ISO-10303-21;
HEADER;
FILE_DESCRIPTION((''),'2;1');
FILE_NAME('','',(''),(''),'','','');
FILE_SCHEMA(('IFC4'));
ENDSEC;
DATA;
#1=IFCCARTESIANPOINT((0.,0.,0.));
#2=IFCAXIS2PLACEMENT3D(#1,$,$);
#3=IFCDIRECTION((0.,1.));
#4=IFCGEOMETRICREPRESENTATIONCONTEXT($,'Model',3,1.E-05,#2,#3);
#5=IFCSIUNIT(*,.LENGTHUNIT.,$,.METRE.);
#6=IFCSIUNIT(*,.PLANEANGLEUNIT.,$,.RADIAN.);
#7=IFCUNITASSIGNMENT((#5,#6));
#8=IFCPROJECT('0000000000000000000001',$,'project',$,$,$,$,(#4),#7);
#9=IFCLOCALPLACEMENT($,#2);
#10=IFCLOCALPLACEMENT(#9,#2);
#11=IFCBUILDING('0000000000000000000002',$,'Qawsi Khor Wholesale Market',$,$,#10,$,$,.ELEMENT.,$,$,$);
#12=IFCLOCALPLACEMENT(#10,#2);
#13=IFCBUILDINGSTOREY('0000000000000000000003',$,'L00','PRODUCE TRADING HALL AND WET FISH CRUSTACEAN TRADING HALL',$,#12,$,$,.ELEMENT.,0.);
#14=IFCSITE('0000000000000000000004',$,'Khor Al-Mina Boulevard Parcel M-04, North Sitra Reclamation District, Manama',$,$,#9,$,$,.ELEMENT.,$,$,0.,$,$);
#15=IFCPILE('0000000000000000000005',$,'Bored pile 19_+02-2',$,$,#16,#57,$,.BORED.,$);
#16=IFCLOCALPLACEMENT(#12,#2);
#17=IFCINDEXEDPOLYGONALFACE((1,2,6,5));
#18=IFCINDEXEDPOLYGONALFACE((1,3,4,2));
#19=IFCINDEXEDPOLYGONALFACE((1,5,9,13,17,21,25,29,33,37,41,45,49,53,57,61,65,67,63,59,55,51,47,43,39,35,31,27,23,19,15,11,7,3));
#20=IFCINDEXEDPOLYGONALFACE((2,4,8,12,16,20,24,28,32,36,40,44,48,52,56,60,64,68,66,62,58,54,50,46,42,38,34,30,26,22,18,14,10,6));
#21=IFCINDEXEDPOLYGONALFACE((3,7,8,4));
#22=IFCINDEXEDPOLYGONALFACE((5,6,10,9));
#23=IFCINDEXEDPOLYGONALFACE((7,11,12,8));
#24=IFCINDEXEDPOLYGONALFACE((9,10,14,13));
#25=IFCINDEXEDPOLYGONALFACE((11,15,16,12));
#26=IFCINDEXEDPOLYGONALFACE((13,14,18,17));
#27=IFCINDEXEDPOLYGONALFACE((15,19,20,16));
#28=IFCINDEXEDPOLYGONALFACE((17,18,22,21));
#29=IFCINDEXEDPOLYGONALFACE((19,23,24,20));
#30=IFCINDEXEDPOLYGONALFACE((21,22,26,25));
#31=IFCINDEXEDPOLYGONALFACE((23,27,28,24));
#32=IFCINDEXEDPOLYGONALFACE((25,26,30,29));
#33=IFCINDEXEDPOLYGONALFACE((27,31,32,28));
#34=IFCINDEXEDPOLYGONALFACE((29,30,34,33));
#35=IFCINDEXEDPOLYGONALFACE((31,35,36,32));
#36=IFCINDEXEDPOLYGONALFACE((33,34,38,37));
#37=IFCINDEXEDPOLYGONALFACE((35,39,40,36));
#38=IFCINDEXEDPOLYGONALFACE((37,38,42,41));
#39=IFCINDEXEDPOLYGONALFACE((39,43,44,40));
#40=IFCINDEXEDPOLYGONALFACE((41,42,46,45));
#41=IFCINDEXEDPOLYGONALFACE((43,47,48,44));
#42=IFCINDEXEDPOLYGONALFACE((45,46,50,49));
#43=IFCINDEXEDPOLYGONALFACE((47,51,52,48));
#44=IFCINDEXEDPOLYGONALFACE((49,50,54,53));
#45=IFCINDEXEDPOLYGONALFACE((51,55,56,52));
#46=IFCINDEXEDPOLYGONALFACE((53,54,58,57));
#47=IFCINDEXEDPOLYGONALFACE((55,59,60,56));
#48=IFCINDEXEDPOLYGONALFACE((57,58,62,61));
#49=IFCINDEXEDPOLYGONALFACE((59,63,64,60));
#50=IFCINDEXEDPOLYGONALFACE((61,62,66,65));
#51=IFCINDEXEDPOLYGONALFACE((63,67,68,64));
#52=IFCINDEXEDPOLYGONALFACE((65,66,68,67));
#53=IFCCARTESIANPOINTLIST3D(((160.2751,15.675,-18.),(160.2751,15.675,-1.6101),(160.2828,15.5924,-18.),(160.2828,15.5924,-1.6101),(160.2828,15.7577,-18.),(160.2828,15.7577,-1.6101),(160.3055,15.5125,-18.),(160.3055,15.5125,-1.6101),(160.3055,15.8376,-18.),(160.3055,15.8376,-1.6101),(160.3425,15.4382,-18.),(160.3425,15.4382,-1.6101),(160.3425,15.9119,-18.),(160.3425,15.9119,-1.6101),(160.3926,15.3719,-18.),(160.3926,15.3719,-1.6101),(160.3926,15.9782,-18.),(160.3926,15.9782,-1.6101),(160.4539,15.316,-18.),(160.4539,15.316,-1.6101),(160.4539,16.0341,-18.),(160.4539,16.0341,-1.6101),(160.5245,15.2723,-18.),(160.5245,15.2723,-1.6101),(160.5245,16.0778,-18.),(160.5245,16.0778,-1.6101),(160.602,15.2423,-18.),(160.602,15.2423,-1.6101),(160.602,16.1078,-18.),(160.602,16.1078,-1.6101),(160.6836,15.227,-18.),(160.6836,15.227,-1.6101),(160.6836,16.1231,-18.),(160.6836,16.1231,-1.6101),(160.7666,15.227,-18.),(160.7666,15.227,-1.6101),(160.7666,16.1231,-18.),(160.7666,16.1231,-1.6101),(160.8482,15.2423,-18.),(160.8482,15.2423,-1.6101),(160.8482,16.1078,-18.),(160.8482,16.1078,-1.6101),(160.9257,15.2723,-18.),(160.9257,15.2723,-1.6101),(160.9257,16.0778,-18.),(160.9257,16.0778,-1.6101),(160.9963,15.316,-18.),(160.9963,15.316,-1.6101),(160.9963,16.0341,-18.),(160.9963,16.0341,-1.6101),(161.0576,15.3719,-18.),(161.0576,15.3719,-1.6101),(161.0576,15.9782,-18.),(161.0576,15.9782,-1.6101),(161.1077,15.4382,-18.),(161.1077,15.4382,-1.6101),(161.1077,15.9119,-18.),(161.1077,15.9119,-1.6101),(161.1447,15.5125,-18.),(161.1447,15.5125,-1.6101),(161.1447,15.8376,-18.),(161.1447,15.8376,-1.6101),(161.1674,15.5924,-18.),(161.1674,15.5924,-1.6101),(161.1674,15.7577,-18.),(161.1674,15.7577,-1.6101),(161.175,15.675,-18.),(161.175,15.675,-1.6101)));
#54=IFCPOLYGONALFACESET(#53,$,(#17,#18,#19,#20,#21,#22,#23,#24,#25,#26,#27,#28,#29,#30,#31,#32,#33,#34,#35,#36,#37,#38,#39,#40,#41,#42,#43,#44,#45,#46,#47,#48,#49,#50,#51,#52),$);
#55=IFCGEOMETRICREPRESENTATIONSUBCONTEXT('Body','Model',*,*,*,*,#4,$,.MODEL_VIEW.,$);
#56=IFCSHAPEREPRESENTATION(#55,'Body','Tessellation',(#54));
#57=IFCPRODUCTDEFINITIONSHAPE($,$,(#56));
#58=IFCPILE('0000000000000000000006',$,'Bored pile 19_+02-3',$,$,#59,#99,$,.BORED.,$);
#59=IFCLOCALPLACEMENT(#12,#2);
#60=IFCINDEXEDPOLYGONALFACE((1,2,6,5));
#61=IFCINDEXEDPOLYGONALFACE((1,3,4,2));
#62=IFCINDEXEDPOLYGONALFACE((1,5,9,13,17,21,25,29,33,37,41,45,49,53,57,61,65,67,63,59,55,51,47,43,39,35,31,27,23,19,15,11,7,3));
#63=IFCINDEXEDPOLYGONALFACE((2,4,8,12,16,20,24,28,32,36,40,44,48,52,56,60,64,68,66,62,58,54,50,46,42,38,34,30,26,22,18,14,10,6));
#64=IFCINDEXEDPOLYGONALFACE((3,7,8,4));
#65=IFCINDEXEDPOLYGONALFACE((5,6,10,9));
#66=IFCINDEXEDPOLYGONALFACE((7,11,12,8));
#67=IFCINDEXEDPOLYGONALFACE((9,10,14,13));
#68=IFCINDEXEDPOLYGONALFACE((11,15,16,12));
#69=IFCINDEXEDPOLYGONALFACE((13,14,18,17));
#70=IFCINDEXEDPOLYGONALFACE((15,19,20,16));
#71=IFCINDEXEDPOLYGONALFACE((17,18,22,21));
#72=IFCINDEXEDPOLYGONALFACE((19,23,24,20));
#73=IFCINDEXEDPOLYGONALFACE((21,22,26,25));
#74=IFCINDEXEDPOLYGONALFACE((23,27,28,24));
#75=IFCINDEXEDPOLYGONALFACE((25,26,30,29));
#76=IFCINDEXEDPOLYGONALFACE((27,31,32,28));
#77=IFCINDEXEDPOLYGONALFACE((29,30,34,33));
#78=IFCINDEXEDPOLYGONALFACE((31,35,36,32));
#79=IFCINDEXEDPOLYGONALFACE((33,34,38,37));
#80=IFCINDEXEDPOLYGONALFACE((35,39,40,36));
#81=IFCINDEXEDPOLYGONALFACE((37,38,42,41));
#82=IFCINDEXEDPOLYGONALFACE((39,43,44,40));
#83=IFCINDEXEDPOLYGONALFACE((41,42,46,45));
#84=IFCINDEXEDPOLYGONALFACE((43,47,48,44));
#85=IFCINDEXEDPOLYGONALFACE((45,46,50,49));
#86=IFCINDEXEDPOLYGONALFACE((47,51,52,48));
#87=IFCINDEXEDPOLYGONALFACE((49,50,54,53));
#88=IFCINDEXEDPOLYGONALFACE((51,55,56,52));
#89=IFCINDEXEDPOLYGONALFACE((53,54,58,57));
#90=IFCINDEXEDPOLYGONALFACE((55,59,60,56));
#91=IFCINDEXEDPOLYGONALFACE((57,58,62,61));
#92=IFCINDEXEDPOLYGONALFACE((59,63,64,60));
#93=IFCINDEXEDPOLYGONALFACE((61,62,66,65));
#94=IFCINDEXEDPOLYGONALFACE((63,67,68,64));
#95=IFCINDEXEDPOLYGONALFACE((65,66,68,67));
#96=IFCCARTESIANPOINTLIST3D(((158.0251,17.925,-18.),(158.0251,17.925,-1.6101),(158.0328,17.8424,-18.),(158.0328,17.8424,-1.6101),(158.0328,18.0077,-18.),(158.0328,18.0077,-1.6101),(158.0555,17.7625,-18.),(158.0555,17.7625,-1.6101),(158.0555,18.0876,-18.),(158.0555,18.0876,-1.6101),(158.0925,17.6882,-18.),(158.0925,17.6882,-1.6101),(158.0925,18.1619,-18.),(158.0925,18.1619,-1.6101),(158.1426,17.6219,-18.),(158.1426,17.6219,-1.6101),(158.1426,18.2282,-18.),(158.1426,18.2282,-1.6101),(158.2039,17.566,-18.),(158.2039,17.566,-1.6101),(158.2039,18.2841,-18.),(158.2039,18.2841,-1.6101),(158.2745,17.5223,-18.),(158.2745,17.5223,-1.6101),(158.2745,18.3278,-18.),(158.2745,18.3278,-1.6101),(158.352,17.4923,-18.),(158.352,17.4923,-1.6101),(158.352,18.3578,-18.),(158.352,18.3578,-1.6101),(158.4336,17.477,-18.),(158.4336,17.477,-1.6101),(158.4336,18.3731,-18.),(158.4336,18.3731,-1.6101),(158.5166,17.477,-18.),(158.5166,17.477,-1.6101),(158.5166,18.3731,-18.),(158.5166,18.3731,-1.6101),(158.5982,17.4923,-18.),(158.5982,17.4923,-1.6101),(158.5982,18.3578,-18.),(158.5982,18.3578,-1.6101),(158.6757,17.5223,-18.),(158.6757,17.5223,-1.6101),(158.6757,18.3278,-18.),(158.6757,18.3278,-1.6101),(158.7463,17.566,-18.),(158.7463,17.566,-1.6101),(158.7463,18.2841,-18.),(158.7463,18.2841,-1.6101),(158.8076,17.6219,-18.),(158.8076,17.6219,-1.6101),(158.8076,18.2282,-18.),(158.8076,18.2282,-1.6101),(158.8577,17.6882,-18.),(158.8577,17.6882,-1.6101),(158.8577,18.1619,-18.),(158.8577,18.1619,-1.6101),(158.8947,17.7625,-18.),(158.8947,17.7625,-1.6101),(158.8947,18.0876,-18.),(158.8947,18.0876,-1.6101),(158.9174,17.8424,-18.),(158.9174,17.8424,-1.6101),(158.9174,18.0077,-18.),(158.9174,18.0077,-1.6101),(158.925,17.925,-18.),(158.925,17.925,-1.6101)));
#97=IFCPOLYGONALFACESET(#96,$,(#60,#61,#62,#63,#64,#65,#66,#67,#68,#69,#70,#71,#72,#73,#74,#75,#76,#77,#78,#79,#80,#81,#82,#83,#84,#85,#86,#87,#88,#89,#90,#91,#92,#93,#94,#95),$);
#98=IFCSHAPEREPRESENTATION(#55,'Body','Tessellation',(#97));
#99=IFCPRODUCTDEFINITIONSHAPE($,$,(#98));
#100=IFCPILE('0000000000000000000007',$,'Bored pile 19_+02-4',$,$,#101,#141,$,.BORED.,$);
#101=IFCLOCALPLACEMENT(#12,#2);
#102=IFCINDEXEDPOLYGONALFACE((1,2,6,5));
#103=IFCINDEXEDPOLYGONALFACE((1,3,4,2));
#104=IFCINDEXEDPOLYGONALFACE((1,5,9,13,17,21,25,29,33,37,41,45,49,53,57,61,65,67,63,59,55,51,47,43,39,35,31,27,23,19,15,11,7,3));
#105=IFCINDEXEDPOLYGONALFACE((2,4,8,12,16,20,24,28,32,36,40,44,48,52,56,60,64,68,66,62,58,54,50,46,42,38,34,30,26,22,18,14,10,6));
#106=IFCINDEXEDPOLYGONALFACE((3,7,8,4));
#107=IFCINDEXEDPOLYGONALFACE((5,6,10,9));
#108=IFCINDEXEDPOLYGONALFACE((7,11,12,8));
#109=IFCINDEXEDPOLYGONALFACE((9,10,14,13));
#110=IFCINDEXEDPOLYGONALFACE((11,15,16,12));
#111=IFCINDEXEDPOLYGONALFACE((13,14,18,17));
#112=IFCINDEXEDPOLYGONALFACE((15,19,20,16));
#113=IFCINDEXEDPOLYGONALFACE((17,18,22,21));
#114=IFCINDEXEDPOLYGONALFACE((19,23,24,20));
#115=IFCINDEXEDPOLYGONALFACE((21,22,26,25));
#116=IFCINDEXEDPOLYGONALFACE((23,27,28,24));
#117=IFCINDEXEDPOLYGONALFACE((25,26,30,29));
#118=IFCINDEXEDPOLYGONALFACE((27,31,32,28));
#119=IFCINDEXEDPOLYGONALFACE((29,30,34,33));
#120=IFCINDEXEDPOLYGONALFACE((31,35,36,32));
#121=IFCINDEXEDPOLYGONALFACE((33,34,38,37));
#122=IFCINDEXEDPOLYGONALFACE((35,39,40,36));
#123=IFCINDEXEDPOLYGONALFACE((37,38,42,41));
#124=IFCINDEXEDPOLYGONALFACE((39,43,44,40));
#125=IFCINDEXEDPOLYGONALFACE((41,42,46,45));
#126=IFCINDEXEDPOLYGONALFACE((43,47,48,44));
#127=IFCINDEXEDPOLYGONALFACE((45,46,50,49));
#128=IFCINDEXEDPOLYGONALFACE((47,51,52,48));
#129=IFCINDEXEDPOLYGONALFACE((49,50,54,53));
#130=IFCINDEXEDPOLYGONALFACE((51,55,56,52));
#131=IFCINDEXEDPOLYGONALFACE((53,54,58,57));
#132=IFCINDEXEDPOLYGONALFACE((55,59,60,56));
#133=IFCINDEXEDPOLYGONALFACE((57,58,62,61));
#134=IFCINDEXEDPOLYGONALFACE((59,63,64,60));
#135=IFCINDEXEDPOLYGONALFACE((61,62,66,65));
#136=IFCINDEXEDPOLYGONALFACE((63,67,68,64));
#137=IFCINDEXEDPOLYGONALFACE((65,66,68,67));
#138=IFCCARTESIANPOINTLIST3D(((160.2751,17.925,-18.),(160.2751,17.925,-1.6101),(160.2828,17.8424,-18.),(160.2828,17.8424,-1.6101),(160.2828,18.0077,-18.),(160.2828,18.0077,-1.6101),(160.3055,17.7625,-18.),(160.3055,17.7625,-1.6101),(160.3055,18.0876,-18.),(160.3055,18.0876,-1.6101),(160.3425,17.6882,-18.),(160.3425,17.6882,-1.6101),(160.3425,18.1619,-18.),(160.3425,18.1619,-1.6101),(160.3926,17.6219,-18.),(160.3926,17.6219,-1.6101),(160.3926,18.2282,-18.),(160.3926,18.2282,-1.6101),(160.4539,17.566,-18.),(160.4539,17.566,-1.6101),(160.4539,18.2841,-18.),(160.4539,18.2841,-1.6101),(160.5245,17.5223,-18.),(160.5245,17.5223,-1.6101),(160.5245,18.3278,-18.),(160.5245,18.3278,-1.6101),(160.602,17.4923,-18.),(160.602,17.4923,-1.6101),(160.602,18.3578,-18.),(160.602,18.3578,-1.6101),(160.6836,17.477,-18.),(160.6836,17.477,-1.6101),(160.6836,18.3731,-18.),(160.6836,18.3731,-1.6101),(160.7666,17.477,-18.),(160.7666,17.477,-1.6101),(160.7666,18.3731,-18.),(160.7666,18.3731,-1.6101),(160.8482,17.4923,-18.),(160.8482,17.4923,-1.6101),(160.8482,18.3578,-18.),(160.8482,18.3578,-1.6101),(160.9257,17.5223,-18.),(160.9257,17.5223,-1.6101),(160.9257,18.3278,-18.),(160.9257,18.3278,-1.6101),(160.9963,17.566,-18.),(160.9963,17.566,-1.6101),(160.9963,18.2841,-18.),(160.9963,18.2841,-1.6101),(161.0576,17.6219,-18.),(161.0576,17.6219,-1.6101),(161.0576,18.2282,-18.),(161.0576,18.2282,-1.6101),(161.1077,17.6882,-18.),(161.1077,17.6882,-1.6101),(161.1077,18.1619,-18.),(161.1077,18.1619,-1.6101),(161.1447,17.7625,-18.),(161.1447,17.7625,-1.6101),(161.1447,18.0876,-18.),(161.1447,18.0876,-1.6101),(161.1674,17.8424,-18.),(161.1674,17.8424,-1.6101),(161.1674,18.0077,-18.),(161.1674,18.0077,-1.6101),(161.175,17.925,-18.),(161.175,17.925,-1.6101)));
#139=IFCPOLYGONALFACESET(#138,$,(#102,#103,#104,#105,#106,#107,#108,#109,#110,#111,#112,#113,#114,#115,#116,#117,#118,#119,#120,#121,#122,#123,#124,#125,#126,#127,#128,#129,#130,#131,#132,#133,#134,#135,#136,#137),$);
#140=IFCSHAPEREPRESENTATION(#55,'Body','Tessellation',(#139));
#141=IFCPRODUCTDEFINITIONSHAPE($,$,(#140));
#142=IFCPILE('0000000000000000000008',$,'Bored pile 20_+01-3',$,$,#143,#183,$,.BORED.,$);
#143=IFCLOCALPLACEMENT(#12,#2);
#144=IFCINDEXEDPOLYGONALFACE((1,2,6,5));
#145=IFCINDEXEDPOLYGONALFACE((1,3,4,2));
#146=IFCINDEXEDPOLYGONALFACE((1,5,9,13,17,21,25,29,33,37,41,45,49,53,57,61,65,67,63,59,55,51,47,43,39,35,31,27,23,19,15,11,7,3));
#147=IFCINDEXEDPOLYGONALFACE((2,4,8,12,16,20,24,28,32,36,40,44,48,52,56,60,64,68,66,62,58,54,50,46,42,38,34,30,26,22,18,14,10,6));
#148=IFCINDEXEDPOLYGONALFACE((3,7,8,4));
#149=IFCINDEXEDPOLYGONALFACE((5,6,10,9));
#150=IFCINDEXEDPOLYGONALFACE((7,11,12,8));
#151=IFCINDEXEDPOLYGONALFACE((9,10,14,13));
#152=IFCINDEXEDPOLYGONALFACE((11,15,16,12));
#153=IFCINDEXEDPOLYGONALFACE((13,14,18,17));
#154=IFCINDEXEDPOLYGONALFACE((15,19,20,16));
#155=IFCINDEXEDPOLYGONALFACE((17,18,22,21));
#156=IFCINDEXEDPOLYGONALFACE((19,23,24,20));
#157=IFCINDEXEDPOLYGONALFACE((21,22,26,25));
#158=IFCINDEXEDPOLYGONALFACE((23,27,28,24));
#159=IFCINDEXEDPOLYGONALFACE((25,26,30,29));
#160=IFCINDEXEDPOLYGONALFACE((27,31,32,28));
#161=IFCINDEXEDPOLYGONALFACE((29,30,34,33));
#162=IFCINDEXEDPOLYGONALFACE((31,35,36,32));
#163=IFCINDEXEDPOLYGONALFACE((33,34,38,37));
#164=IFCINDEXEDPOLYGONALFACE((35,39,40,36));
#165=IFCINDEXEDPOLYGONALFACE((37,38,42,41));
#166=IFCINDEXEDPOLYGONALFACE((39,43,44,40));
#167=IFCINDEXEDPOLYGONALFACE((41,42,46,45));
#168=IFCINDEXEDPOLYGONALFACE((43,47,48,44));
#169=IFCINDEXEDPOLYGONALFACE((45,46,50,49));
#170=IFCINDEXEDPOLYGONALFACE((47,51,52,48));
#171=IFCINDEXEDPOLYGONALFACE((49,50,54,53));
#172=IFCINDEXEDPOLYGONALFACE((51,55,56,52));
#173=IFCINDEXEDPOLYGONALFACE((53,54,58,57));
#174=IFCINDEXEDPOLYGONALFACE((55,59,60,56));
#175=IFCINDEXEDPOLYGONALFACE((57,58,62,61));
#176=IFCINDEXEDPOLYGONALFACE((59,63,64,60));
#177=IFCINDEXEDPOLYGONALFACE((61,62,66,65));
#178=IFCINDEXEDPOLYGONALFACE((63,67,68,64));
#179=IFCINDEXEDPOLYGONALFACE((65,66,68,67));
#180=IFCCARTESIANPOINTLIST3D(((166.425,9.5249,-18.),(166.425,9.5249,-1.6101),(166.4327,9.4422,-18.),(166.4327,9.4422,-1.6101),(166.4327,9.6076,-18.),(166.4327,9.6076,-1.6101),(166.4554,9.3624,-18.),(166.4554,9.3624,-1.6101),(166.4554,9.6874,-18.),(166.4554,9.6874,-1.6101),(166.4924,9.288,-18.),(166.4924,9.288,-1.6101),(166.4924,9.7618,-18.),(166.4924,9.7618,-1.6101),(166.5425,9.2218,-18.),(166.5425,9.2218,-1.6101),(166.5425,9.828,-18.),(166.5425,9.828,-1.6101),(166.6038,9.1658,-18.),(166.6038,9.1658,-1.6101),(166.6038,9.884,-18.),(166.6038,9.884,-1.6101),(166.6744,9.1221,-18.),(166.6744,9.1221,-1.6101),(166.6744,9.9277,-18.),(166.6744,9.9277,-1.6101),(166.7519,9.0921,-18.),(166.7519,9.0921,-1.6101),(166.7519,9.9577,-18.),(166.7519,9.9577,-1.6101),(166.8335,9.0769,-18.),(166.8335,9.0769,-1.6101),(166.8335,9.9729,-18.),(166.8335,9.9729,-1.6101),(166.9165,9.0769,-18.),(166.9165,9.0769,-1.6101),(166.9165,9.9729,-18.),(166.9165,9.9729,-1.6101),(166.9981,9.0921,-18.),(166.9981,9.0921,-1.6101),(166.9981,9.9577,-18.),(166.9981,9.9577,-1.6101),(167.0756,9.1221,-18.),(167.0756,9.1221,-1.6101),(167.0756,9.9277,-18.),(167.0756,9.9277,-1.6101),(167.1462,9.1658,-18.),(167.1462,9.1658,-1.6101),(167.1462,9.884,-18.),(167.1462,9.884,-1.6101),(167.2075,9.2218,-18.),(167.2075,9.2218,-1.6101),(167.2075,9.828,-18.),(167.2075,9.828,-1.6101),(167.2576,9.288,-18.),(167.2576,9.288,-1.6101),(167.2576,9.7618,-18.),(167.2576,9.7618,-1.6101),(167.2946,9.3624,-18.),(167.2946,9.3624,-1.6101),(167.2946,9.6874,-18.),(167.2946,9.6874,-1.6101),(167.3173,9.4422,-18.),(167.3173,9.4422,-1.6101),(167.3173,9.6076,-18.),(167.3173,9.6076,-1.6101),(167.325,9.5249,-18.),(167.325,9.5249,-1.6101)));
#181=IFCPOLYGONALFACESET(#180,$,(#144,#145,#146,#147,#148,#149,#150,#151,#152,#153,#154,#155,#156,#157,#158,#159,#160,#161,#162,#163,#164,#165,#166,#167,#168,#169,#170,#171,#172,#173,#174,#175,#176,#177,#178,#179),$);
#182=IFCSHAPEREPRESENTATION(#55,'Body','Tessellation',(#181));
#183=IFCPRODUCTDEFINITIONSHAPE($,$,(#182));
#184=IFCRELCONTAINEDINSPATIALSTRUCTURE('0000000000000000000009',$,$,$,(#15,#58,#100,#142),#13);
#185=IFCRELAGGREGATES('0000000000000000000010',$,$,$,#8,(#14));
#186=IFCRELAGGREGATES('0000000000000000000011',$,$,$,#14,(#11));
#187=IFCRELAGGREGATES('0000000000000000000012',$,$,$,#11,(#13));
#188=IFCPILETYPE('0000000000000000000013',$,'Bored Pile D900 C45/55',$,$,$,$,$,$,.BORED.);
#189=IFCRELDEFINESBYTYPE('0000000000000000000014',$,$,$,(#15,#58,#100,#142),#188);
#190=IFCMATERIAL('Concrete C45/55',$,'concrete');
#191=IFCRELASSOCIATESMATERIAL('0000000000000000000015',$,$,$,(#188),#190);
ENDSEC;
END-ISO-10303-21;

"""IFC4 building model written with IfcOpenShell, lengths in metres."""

from ifc_helpers import new_model, si_unit, direction, frame, origin, origin_2d, place, context, subcontext, project, spatial, circle, extrude, material, material_profile, profile_set, type_object, element, save


model = new_model("IFC4")

# Units and contexts
model_context = context("Model", 3, precision=1e-05, world=origin(), true_north=direction((0.0, 1.0)))
body_context = subcontext(model_context, "Body", "Model", "MODEL_VIEW")
ifc_project = project(units=[si_unit("LENGTHUNIT", "METRE"), si_unit("PLANEANGLEUNIT", "RADIAN")], contexts=[model_context])

# Site, building, storey
site_placement = place(None, origin())
site = spatial("IfcSite", under=ifc_project, at=site_placement, Name="Khor Al-Mina Boulevard Parcel M-04, North Sitra Reclamation District, Manama", CompositionType="ELEMENT", RefElevation=0.0)
building_placement = place(site_placement, origin())
building = spatial("IfcBuilding", under=site, at=building_placement, Name="Qawsi Khor Wholesale Market", CompositionType="ELEMENT")
storey_placement = place(building_placement, origin())
storey = spatial("IfcBuildingStorey", under=building, at=storey_placement, Name="L00", Description="PRODUCE TRADING HALL AND WET FISH CRUSTACEAN TRADING HALL", CompositionType="ELEMENT", Elevation=0.0)

# Piles
ifc_material_1 = material(Name="Concrete C45/55", Category="concrete")
ifc_material_profile_1 = material_profile(ifc_material_1, circle(Radius=0.45, at=origin_2d()), Name="PILE D900")
ifc_profile_set_1 = profile_set([ifc_material_profile_1], Name="Concrete C45/55")
pile_type = type_object("IfcPileType", Name="Bored Pile D900 C45/55", PredefinedType="BORED", material=ifc_profile_set_1)
for number, where, z_axis, x_axis, name in (
    (1, (160.7251, 15.675, -1.6101), (0.0, 0.0, -1.0), (1.0, 0.0, 0.0), "Bored pile 19_+02-2"),
    (2, (158.4751, 17.925, -1.6101), (0.0, 0.0, -1.0), (1.0, 0.0, 0.0), "Bored pile 19_+02-3"),
    (3, (160.7251, 17.925, -1.6101), (0.0, 0.0, -1.0), (1.0, 0.0, 0.0), "Bored pile 19_+02-4"),
    (4, (166.875, 9.5249, -1.6101), (0.0, 0.0, -1.0), (1.0, 0.0, 0.0), "Bored pile 20_+01-3"),
):
    element("IfcPile", number, at=place(storey_placement, frame(where, z_axis=z_axis, x_axis=x_axis)), inside=storey, type_object=pile_type, Name=name, PredefinedType="BORED", context=body_context, shape_type="SweptSolid", body=[
        extrude(circle(Radius=0.45, at=origin_2d()), origin(), (0.0, 0.0, 1.0), 16.3899),
    ])

save(model, "model.ifc")
